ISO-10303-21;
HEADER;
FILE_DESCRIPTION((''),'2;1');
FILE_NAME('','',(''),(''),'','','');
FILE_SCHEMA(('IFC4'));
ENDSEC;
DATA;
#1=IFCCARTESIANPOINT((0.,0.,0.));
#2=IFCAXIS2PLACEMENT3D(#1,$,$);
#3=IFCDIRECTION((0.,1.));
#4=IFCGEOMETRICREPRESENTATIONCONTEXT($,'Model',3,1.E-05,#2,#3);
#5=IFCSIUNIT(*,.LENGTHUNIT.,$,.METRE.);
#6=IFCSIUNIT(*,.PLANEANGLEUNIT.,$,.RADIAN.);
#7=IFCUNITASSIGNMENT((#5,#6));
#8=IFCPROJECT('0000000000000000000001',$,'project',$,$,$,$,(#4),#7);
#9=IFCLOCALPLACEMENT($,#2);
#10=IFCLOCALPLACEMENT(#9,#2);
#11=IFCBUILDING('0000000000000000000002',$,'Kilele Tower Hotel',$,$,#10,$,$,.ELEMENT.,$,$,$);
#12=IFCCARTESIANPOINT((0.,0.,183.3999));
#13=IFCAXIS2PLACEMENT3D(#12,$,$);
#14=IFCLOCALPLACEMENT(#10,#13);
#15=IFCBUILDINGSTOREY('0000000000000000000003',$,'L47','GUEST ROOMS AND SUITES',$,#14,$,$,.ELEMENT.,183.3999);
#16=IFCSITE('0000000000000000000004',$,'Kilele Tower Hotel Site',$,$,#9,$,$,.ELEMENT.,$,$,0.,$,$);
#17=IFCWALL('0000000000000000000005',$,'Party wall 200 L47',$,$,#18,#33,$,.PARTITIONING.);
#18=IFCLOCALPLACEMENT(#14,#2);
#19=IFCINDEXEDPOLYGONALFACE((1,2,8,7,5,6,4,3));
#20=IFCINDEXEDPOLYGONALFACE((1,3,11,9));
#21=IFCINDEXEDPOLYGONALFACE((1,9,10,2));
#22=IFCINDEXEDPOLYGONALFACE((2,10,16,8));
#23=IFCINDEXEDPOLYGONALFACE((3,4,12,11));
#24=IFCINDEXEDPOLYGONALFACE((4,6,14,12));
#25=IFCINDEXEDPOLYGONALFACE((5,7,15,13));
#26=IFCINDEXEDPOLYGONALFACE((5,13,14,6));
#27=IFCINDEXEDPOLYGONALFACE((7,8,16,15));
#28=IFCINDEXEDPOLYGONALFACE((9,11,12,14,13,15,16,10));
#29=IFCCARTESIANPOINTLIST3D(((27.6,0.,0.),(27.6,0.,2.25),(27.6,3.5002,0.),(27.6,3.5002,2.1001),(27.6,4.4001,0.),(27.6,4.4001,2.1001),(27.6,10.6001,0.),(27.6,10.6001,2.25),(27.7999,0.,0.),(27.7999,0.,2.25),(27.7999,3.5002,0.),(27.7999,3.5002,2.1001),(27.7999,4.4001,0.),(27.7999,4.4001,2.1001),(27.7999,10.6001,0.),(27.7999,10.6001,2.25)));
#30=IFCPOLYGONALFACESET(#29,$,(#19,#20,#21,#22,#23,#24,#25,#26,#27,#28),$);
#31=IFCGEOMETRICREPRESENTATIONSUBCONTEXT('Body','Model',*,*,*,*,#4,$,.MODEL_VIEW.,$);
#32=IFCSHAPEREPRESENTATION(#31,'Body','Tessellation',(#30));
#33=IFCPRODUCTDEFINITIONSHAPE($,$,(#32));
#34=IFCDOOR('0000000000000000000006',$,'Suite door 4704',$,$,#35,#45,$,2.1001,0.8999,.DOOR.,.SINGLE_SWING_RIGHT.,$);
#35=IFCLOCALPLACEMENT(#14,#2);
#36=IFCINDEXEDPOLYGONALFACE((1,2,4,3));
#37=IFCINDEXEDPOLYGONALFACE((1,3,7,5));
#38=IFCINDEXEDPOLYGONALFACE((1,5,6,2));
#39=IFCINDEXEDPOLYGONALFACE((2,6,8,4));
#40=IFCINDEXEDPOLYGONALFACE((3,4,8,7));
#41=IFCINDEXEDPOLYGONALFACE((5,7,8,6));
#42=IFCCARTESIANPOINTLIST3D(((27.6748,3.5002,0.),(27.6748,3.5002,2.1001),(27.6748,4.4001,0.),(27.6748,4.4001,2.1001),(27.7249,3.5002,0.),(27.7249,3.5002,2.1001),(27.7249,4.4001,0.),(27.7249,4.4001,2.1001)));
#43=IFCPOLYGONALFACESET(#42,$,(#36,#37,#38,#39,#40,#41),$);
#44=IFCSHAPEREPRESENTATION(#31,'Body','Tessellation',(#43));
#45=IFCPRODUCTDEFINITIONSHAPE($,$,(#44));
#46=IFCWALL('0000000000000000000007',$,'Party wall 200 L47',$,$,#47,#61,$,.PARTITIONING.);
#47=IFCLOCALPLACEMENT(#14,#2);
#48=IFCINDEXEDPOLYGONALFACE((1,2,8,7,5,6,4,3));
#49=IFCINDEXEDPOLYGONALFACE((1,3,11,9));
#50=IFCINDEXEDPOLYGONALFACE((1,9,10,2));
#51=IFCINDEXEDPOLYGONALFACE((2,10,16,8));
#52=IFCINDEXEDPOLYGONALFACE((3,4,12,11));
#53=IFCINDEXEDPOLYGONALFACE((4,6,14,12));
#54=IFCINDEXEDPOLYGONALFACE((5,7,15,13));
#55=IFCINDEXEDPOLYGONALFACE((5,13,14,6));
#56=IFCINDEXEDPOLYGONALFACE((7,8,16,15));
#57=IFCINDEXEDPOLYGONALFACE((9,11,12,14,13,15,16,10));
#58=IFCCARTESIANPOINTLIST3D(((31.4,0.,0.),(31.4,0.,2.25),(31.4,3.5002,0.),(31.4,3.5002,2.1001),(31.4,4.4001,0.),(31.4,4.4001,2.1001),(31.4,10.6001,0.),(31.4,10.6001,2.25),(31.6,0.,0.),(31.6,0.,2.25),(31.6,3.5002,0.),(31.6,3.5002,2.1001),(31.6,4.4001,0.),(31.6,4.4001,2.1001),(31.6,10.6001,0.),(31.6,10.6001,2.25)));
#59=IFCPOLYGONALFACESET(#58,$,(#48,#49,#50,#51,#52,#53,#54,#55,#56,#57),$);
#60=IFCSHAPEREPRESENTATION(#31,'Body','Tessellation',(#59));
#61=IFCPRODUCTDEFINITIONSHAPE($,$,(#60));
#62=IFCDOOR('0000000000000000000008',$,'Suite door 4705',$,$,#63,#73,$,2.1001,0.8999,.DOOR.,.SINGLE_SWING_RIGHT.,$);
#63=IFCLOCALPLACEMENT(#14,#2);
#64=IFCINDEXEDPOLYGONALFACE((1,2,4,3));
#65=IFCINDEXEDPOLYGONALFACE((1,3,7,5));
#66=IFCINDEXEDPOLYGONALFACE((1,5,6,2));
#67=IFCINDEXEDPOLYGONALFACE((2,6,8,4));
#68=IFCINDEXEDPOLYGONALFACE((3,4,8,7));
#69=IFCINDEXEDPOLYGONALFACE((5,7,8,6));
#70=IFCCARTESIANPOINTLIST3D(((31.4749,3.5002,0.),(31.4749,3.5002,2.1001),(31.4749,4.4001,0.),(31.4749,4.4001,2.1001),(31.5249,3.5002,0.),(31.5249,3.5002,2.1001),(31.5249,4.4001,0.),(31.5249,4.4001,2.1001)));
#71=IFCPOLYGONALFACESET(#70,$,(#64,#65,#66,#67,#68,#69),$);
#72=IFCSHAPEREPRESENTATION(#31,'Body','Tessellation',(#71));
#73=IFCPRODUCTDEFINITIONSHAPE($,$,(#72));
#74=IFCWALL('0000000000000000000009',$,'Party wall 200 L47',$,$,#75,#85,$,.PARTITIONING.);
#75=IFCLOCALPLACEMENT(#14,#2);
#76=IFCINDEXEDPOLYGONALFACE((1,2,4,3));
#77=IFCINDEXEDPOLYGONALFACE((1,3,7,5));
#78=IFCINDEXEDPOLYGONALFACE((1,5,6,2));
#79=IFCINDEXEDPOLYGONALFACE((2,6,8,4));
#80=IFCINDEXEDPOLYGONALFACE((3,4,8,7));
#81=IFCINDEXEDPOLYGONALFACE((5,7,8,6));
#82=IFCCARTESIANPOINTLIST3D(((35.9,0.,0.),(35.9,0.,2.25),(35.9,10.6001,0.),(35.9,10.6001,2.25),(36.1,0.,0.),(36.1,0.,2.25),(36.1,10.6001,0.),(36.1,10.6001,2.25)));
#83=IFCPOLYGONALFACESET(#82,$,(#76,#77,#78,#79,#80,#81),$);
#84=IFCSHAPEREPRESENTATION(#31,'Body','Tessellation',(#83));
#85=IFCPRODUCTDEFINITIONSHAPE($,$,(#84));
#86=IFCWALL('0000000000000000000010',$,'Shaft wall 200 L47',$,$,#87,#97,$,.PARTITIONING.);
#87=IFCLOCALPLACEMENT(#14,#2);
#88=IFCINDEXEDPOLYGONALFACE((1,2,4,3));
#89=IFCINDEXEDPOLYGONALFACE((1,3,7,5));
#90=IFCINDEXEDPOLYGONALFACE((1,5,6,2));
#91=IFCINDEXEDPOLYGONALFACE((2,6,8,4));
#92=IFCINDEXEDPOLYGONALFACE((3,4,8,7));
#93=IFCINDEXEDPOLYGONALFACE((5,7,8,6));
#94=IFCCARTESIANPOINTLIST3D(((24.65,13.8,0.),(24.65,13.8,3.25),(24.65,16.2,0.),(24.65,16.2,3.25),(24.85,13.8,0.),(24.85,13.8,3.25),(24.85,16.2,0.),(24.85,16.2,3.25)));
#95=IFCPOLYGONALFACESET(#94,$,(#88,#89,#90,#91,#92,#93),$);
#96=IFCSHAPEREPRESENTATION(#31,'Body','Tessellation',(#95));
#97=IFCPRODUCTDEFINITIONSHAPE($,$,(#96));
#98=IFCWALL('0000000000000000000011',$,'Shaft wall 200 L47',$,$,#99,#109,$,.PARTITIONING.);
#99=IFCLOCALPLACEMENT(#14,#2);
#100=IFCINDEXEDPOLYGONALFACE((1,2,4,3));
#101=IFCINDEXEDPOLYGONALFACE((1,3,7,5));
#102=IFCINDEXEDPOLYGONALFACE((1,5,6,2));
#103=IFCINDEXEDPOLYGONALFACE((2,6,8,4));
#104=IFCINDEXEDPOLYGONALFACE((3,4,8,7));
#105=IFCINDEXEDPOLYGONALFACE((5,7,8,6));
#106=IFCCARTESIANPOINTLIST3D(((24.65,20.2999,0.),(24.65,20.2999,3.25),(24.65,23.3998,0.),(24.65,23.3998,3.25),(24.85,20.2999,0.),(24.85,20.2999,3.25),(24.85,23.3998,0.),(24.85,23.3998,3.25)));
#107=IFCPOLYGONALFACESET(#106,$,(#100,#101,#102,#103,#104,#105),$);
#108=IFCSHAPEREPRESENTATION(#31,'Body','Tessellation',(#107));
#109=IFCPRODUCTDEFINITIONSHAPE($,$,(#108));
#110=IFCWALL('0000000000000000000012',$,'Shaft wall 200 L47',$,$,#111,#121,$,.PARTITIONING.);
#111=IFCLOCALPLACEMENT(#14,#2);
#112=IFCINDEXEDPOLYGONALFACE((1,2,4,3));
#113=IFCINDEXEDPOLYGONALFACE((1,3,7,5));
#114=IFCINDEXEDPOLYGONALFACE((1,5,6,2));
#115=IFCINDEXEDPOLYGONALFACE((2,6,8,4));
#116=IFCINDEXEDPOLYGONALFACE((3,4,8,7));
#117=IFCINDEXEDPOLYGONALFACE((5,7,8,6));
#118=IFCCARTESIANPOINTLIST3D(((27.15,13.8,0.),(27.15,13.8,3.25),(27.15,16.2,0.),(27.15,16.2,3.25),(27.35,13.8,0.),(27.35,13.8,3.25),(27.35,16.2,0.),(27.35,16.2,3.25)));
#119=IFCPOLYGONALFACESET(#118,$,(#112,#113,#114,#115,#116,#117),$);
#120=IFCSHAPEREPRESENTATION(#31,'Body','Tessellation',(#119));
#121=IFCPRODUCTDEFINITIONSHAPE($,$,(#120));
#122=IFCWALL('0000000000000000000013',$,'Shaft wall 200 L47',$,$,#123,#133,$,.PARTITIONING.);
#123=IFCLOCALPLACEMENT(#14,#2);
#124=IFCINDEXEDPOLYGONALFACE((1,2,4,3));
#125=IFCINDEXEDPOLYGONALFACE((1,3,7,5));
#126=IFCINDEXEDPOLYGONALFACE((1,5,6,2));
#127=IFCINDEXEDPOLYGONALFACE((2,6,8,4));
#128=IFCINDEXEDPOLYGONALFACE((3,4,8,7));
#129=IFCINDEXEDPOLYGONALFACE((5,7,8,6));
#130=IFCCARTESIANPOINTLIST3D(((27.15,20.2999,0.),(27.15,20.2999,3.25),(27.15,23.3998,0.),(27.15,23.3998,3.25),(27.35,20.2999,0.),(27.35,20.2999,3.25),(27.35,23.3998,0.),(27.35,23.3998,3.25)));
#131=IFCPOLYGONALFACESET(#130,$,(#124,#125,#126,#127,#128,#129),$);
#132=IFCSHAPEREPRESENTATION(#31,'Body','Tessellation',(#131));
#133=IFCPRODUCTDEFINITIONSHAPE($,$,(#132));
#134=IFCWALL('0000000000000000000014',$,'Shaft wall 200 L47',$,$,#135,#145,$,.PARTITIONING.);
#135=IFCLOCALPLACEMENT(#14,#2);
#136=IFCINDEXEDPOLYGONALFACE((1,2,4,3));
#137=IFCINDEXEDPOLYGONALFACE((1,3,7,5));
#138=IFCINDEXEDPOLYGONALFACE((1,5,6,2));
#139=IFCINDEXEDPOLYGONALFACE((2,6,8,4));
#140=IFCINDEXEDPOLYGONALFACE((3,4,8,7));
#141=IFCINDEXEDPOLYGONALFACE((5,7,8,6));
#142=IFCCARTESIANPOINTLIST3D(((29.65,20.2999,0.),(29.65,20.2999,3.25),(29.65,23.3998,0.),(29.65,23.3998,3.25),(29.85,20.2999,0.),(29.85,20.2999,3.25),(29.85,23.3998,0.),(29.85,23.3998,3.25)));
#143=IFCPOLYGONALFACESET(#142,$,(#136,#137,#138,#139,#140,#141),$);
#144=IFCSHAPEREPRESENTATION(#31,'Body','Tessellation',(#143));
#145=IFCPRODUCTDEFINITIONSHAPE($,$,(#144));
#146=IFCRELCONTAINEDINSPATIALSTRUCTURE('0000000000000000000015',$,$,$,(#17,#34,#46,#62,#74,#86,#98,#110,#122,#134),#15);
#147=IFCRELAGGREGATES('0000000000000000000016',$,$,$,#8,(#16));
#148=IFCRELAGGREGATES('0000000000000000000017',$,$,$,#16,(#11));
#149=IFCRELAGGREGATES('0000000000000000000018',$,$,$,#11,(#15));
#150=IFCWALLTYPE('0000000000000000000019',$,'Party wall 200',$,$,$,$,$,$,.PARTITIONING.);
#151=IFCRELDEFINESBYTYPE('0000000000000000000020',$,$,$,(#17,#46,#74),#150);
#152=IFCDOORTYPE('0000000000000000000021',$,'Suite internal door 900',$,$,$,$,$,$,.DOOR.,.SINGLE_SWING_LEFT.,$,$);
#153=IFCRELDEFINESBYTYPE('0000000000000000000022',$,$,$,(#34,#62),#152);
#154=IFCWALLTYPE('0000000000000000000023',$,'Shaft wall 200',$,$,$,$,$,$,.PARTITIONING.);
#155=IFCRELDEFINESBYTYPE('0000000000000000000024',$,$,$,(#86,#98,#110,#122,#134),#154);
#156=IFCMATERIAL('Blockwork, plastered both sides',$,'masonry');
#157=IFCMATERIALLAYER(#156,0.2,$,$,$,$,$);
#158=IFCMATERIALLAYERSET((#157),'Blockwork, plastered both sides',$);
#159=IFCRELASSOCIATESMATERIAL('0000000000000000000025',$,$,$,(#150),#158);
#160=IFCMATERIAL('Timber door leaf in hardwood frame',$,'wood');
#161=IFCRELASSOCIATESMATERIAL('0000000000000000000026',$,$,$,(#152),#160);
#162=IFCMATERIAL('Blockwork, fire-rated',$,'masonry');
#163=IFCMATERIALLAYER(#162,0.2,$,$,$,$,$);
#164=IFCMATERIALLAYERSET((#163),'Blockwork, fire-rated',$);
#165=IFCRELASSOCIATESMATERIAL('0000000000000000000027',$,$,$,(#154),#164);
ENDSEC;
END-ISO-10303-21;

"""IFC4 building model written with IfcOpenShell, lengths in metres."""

from ifc_helpers import new_model, si_unit, direction, frame, frame_2d, origin, place, context, subcontext, project, spatial, rectangle, extrude, material, layer, layer_set, type_object, element, fill, save


model = new_model("IFC4")

# Units and contexts
model_context = context("Model", 3, precision=1e-05, world=origin(), true_north=direction((0.0, 1.0)))
body_context = subcontext(model_context, "Body", "Model", "MODEL_VIEW")
ifc_project = project(units=[si_unit("LENGTHUNIT", "METRE"), si_unit("PLANEANGLEUNIT", "RADIAN")], contexts=[model_context])

# Site, building, storey
site_placement = place(None, origin())
site = spatial("IfcSite", under=ifc_project, at=site_placement, Name="Kilele Tower Hotel Site", CompositionType="ELEMENT", RefElevation=0.0)
building_placement = place(site_placement, origin())
building = spatial("IfcBuilding", under=site, at=building_placement, Name="Kilele Tower Hotel", CompositionType="ELEMENT")
storey_placement = place(building_placement, frame((0.0, 0.0, 183.3999)))
storey = spatial("IfcBuildingStorey", under=building, at=storey_placement, Name="L47", Description="GUEST ROOMS AND SUITES", CompositionType="ELEMENT", Elevation=183.3999)

# Shared definitions
ifc_material_1 = material(Name="Blockwork, plastered both sides", Category="masonry")
ifc_layer_1 = layer(ifc_material_1, 0.2)
ifc_layer_set_1 = layer_set([ifc_layer_1], Name="Blockwork, plastered both sides")
wall_type_1 = type_object("IfcWallType", Name="Party wall 200", PredefinedType="PARTITIONING", material=ifc_layer_set_1)

# Walls, openings, doors
wall_1_placement = place(storey_placement, frame((27.7, 10.6001, 0.0), z_axis=(0.0, 0.0, 1.0), x_axis=(0.0, -1.0, 0.0)))
wall_1 = element("IfcWall", 1, at=wall_1_placement, inside=storey, type_object=wall_type_1, Name="Party wall 200 L47", PredefinedType="PARTITIONING", context=body_context, shape_type="SweptSolid", body=[
    extrude(rectangle(XDim=10.6001, YDim=0.2, at=frame_2d((5.3, 0.0))), origin(), (0.0, 0.0, 1.0), 2.25),
])
opening_1_placement = place(wall_1_placement, frame((6.2, 0.0, 0.0)))
opening_1 = element("IfcOpeningElement", 2, at=opening_1_placement, cuts=wall_1, PredefinedType="OPENING", context=body_context, shape_type="SweptSolid", body=[
    extrude(rectangle(XDim=0.8999, YDim=2.1001, at=frame_2d((0.45, 1.05))), frame((0.0, 0.1099, 0.0), z_axis=(0.0, -1.0, 0.0), x_axis=(1.0, 0.0, 0.0)), (0.0, 0.0, 1.0), 0.22),
])
ifc_material_2 = material(Name="Timber door leaf in hardwood frame", Category="wood")
door_type_1 = type_object("IfcDoorType", Name="Suite internal door 900", OperationType="SINGLE_SWING_LEFT", PredefinedType="DOOR", material=ifc_material_2)
door_1_placement = place(opening_1_placement, origin())
door_1 = element("IfcDoor", 3, at=door_1_placement, inside=storey, type_object=door_type_1, Name="Suite door 4704", OperationType="SINGLE_SWING_RIGHT", OverallHeight=2.1001, OverallWidth=0.8999, PredefinedType="DOOR", context=body_context, shape_type="SweptSolid", body=[
    extrude(rectangle(XDim=0.8999, YDim=2.1001, at=frame_2d((0.45, 1.05))), frame((0.0, 0.0249, 0.0), z_axis=(0.0, -1.0, 0.0), x_axis=(1.0, 0.0, 0.0)), (0.0, 0.0, 1.0), 0.05),
])
fill(opening_1, door_1)
wall_2_placement = place(storey_placement, frame((31.5, 10.6001, 0.0), z_axis=(0.0, 0.0, 1.0), x_axis=(0.0, -1.0, 0.0)))
wall_2 = element("IfcWall", 4, at=wall_2_placement, inside=storey, type_object=wall_type_1, Name="Party wall 200 L47", PredefinedType="PARTITIONING", context=body_context, shape_type="SweptSolid", body=[
    extrude(rectangle(XDim=10.6001, YDim=0.2, at=frame_2d((5.3, 0.0))), origin(), (0.0, 0.0, 1.0), 2.25),
])
opening_2_placement = place(wall_2_placement, frame((6.2, 0.0, 0.0)))
opening_2 = element("IfcOpeningElement", 5, at=opening_2_placement, cuts=wall_2, PredefinedType="OPENING", context=body_context, shape_type="SweptSolid", body=[
    extrude(rectangle(XDim=0.8999, YDim=2.1001, at=frame_2d((0.45, 1.05))), frame((0.0, 0.1099, 0.0), z_axis=(0.0, -1.0, 0.0), x_axis=(1.0, 0.0, 0.0)), (0.0, 0.0, 1.0), 0.22),
])
door_2_placement = place(opening_2_placement, origin())
door_2 = element("IfcDoor", 6, at=door_2_placement, inside=storey, type_object=door_type_1, Name="Suite door 4705", OperationType="SINGLE_SWING_RIGHT", OverallHeight=2.1001, OverallWidth=0.8999, PredefinedType="DOOR", context=body_context, shape_type="SweptSolid", body=[
    extrude(rectangle(XDim=0.8999, YDim=2.1001, at=frame_2d((0.45, 1.05))), frame((0.0, 0.0249, 0.0), z_axis=(0.0, -1.0, 0.0), x_axis=(1.0, 0.0, 0.0)), (0.0, 0.0, 1.0), 0.05),
])
fill(opening_2, door_2)

# Walls
wall_3_placement = place(storey_placement, frame((36.0, 10.6001, 0.0), z_axis=(0.0, 0.0, 1.0), x_axis=(0.0, -1.0, 0.0)))
element("IfcWall", 7, at=wall_3_placement, inside=storey, type_object=wall_type_1, Name="Party wall 200 L47", PredefinedType="PARTITIONING", context=body_context, shape_type="SweptSolid", body=[
    extrude(rectangle(XDim=10.6001, YDim=0.2, at=frame_2d((5.3, 0.0))), origin(), (0.0, 0.0, 1.0), 2.25),
])
ifc_material_3 = material(Name="Blockwork, fire-rated", Category="masonry")
ifc_layer_2 = layer(ifc_material_3, 0.2)
ifc_layer_set_2 = layer_set([ifc_layer_2], Name="Blockwork, fire-rated")
wall_type_2 = type_object("IfcWallType", Name="Shaft wall 200", PredefinedType="PARTITIONING", material=ifc_layer_set_2)
wall_4_placement = place(storey_placement, frame((24.75, 13.8, 0.0), z_axis=(0.0, 0.0, 1.0), x_axis=(0.0, 1.0, 0.0)))
element("IfcWall", 8, at=wall_4_placement, inside=storey, type_object=wall_type_2, Name="Shaft wall 200 L47", PredefinedType="PARTITIONING", context=body_context, shape_type="SweptSolid", body=[
    extrude(rectangle(XDim=2.3999, YDim=0.2, at=frame_2d((1.2, 0.0))), origin(), (0.0, 0.0, 1.0), 3.25),
])
wall_5_placement = place(storey_placement, frame((24.75, 20.3, 0.0), z_axis=(0.0, 0.0, 1.0), x_axis=(0.0, 1.0, 0.0)))
element("IfcWall", 9, at=wall_5_placement, inside=storey, type_object=wall_type_2, Name="Shaft wall 200 L47", PredefinedType="PARTITIONING", context=body_context, shape_type="SweptSolid", body=[
    extrude(rectangle(XDim=3.0999, YDim=0.2, at=frame_2d((1.5498, 0.0))), origin(), (0.0, 0.0, 1.0), 3.25),
])
wall_6_placement = place(storey_placement, frame((27.25, 13.8, 0.0), z_axis=(0.0, 0.0, 1.0), x_axis=(0.0, 1.0, 0.0)))
element("IfcWall", 10, at=wall_6_placement, inside=storey, type_object=wall_type_2, Name="Shaft wall 200 L47", PredefinedType="PARTITIONING", context=body_context, shape_type="SweptSolid", body=[
    extrude(rectangle(XDim=2.3999, YDim=0.2, at=frame_2d((1.2, 0.0))), origin(), (0.0, 0.0, 1.0), 3.25),
])
for number, where, z_axis, x_axis, name in (
    (11, (27.25, 20.3, 0.0), (0.0, 0.0, 1.0), (0.0, 1.0, 0.0), "Shaft wall 200 L47"),
    (12, (29.75, 20.3, 0.0), (0.0, 0.0, 1.0), (0.0, 1.0, 0.0), "Shaft wall 200 L47"),
):
    element("IfcWall", number, at=place(storey_placement, frame(where, z_axis=z_axis, x_axis=x_axis)), inside=storey, type_object=wall_type_2, Name=name, PredefinedType="PARTITIONING", context=body_context, shape_type="SweptSolid", body=[
        extrude(rectangle(XDim=3.0999, YDim=0.2, at=frame_2d((1.5498, 0.0))), origin(), (0.0, 0.0, 1.0), 3.25),
    ])

save(model, "model.ifc")
